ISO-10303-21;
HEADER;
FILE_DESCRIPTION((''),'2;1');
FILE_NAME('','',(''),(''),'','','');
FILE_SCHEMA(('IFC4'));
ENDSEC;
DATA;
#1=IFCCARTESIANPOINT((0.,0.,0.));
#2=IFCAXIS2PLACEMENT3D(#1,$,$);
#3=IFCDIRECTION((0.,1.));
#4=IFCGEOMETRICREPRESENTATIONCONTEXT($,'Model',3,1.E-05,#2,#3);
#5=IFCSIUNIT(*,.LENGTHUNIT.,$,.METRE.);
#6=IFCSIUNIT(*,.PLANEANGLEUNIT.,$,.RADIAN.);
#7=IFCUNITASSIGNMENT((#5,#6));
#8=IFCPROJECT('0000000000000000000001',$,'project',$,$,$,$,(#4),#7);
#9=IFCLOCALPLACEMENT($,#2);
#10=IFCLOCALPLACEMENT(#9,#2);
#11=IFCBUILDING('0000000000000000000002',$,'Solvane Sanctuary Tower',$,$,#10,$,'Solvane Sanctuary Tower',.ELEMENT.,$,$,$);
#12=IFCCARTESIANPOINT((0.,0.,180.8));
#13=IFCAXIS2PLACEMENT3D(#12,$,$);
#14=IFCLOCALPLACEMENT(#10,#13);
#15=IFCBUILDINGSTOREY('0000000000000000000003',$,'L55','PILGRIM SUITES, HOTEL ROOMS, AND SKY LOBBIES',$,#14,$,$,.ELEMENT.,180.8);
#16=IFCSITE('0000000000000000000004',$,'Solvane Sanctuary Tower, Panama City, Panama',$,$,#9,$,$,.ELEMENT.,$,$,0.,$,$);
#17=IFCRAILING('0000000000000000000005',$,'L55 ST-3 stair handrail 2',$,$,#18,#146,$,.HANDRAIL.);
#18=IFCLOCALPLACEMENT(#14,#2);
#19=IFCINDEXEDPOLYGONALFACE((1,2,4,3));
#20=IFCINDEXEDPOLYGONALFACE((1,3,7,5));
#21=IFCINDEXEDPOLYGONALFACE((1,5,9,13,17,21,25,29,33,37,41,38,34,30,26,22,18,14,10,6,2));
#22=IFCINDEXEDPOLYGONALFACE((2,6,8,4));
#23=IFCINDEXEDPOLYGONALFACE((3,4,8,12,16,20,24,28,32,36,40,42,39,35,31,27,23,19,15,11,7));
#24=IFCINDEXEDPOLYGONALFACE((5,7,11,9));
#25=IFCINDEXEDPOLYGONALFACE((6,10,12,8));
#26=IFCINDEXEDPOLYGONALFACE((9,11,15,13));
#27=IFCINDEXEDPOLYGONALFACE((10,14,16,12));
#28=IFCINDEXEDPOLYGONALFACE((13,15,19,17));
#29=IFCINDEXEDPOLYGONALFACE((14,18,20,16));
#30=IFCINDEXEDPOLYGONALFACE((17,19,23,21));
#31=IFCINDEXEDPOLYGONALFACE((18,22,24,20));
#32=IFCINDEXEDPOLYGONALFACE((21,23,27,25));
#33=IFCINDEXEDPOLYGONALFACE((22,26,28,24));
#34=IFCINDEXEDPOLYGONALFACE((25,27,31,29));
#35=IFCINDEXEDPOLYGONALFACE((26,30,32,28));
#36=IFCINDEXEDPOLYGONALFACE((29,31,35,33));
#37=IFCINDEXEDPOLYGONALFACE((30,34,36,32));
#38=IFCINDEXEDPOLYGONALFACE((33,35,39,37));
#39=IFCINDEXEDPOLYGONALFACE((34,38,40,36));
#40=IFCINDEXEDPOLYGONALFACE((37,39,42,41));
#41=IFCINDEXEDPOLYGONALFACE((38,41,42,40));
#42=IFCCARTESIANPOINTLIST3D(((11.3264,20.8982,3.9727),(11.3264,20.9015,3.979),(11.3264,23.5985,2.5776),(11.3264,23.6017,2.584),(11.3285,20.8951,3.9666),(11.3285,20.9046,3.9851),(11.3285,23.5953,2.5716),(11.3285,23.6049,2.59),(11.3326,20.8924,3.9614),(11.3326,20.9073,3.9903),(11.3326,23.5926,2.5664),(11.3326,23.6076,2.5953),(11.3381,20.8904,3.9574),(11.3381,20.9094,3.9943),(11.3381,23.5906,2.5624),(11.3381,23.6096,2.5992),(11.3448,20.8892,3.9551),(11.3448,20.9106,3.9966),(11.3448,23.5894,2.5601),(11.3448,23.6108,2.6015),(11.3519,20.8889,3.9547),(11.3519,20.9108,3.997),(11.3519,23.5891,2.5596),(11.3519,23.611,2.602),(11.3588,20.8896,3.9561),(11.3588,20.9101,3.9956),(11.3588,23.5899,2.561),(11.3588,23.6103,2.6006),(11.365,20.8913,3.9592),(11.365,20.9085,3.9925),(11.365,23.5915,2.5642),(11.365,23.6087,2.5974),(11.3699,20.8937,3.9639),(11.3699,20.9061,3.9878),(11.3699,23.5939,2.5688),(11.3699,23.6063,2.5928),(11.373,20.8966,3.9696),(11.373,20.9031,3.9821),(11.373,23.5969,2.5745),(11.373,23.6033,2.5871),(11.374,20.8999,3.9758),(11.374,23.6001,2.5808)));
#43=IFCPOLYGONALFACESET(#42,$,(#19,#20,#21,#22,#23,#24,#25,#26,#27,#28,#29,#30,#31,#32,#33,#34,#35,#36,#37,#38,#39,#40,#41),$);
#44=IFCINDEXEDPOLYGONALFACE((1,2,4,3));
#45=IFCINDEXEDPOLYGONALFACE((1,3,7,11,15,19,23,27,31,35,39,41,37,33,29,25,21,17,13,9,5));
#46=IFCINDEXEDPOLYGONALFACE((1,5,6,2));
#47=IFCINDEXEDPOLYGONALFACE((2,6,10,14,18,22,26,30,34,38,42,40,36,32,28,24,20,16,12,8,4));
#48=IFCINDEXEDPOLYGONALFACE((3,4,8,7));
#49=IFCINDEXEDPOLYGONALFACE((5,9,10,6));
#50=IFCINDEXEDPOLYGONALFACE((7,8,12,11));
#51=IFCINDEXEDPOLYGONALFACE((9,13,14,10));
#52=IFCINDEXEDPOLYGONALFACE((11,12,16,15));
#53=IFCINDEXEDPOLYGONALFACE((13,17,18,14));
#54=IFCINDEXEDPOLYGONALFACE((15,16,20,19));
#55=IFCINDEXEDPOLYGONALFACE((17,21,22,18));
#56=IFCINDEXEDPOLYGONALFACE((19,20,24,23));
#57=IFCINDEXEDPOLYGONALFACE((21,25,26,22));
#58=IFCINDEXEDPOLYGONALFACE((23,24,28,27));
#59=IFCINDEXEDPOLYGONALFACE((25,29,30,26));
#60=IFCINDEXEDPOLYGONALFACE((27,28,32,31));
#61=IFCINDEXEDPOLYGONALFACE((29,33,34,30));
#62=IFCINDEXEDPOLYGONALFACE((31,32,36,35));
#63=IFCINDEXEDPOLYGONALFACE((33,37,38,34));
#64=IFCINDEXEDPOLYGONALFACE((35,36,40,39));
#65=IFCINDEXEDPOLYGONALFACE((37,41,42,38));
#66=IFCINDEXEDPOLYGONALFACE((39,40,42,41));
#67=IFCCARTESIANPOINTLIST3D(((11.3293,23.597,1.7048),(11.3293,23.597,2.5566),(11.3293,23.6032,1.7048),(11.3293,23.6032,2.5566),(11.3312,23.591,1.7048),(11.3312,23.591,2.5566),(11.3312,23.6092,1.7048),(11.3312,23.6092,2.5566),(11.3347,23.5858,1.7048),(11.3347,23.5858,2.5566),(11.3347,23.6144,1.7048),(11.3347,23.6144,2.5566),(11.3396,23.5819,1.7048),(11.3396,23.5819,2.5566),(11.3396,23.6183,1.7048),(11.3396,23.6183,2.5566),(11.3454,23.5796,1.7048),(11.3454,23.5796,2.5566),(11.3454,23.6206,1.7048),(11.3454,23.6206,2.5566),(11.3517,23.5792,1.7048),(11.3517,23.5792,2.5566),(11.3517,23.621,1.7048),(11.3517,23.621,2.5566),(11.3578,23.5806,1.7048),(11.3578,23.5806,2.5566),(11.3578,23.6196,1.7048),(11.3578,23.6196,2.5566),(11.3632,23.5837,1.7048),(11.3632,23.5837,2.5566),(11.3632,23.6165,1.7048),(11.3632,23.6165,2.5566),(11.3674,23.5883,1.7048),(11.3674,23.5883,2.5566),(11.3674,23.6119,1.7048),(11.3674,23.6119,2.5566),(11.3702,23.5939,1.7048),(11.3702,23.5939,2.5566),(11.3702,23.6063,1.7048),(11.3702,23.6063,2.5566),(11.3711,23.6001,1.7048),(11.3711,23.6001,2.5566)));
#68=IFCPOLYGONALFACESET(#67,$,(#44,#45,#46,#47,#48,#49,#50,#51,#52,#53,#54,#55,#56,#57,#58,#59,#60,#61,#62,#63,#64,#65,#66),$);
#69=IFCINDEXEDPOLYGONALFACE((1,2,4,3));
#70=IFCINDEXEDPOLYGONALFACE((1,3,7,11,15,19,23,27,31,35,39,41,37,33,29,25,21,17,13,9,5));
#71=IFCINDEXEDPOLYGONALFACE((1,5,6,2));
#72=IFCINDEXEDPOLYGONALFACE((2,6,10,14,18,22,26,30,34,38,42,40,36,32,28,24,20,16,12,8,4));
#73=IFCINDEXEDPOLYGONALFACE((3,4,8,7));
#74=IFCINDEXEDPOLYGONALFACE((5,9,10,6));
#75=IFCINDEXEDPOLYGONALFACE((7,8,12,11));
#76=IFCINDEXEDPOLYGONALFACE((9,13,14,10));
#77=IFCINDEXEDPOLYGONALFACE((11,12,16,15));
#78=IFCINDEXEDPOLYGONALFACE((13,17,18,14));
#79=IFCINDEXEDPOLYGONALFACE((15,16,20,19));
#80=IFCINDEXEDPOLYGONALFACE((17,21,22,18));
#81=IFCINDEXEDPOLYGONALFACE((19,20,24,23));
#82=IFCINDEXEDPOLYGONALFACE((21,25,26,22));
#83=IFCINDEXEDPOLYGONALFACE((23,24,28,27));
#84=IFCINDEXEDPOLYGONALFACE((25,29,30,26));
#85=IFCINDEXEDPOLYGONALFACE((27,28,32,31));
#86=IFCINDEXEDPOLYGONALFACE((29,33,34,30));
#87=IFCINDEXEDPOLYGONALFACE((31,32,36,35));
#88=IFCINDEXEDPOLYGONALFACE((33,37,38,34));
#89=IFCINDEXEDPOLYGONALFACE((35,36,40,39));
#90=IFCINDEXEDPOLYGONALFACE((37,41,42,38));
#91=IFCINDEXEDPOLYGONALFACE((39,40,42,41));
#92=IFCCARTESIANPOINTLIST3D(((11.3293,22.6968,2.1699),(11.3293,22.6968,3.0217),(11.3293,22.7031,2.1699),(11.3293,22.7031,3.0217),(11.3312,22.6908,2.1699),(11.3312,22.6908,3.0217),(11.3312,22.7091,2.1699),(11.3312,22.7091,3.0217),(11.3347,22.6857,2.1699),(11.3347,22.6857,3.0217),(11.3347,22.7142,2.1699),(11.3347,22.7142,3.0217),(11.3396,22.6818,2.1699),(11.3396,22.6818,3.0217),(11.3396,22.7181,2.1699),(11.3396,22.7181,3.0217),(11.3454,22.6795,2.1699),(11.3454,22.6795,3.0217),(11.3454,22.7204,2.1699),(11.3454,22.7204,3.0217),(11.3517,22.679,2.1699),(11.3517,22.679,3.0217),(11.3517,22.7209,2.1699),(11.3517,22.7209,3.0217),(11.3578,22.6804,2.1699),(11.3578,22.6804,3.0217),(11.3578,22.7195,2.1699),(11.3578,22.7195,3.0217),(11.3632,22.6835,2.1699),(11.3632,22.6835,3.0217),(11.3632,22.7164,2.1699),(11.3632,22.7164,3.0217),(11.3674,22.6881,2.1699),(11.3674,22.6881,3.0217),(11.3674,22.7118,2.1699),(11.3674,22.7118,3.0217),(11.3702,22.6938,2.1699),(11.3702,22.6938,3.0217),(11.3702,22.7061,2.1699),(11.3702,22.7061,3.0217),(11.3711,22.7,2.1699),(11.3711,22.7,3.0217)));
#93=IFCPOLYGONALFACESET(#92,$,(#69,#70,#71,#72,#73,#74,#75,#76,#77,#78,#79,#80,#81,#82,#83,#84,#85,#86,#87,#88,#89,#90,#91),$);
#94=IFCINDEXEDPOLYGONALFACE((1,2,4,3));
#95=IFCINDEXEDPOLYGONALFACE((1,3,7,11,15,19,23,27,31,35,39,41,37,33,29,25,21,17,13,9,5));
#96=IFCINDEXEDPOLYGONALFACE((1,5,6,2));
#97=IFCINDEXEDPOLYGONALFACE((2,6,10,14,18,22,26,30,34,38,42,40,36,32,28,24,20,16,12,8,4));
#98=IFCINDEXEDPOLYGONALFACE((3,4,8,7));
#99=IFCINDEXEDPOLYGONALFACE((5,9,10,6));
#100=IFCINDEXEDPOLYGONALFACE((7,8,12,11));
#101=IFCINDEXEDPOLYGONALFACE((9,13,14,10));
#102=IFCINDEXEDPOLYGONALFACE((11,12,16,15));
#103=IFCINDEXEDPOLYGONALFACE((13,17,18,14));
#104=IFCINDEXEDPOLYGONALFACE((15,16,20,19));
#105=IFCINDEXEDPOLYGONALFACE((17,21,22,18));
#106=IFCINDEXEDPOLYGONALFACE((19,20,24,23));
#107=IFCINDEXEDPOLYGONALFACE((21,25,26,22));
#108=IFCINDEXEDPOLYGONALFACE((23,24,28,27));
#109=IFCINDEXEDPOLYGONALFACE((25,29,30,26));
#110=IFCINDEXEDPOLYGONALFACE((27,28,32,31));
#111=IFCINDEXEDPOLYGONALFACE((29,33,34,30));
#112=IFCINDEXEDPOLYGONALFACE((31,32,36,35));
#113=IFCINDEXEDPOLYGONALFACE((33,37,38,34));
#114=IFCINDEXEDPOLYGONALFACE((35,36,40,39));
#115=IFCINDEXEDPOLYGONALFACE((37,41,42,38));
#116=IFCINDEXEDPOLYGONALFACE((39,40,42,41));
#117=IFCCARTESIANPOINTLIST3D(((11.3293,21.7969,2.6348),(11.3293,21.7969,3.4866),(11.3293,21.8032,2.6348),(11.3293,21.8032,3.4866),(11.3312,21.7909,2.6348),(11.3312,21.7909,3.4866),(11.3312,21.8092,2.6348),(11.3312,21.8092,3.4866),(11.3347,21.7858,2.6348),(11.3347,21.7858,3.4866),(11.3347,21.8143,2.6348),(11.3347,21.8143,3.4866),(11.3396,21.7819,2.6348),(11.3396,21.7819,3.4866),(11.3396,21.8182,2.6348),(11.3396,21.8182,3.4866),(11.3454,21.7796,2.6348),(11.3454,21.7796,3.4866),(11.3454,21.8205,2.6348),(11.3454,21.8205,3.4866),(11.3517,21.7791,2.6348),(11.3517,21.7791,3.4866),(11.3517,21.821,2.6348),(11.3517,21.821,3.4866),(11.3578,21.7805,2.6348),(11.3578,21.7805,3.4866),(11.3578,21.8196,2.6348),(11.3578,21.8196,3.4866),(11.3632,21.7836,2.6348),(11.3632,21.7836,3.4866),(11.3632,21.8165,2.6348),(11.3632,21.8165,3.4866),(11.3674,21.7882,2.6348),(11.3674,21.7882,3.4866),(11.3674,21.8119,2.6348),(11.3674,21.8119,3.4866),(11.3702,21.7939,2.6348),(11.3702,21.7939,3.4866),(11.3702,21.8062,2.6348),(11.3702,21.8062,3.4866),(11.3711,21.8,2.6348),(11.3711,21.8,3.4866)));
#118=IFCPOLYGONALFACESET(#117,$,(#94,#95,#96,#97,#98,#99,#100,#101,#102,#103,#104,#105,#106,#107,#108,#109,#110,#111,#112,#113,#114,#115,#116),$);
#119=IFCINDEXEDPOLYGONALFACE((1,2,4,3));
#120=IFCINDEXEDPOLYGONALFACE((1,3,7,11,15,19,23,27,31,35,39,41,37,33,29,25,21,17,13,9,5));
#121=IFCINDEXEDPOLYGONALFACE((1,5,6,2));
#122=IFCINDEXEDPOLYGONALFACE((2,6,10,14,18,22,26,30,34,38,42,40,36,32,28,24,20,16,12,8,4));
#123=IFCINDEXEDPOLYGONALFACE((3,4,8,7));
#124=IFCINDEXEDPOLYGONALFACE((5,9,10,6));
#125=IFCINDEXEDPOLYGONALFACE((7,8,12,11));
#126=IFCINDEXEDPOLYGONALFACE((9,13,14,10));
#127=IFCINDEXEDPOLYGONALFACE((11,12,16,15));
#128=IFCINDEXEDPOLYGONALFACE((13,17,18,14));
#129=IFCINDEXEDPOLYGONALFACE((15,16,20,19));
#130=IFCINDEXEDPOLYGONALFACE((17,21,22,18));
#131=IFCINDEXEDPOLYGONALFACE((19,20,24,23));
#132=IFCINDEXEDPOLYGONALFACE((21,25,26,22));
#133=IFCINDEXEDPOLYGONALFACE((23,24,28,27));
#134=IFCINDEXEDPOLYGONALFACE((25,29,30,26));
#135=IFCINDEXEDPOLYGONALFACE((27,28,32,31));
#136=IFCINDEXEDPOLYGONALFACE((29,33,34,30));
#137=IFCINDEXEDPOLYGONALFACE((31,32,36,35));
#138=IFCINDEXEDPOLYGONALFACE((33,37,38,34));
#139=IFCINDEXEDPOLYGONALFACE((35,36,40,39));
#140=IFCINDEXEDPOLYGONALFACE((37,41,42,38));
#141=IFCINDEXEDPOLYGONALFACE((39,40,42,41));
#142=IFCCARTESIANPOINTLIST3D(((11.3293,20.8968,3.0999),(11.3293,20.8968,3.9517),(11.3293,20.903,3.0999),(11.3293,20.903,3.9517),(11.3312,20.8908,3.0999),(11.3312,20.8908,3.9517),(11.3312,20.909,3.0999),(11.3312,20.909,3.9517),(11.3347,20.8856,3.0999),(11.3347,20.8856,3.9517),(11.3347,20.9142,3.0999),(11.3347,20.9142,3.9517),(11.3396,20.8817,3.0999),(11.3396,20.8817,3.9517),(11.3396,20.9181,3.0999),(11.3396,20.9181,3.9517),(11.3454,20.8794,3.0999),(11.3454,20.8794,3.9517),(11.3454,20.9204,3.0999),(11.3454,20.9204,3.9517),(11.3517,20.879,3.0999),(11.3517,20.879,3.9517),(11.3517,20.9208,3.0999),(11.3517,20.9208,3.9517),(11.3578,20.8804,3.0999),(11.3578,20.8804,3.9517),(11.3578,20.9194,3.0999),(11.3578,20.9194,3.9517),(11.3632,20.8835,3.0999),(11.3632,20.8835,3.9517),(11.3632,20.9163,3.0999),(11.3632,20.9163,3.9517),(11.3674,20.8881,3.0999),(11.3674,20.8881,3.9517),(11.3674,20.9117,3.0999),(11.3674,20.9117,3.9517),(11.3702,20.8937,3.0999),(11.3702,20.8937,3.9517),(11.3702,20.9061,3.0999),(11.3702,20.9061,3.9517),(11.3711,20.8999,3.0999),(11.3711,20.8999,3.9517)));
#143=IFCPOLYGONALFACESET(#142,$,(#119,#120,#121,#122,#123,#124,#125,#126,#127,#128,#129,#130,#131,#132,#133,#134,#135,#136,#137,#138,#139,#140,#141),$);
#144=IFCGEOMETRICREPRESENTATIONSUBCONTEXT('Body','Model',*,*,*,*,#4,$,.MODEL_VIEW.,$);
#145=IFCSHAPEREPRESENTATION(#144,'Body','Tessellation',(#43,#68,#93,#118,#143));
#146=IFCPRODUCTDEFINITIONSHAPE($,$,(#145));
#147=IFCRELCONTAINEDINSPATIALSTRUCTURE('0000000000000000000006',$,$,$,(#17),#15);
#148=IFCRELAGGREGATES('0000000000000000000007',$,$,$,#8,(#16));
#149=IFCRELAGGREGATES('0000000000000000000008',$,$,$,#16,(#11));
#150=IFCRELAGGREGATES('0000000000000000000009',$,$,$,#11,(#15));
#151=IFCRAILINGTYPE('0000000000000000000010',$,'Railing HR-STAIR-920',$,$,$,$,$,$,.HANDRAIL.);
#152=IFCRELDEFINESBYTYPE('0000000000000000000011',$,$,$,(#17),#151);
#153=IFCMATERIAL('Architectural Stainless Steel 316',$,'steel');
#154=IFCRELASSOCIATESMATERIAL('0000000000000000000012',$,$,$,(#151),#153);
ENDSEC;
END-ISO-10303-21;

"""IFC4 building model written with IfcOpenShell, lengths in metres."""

from ifc_helpers import new_model, si_unit, direction, frame, origin, origin_2d, place, context, subcontext, project, spatial, circle, extrude, material, type_object, element, save


model = new_model("IFC4")

# Units and contexts
model_context = context("Model", 3, precision=1e-05, world=origin(), true_north=direction((0.0, 1.0)))
body_context = subcontext(model_context, "Body", "Model", "MODEL_VIEW")
ifc_project = project(units=[si_unit("LENGTHUNIT", "METRE"), si_unit("PLANEANGLEUNIT", "RADIAN")], contexts=[model_context])

# Site, building, storey
site_placement = place(None, origin())
site = spatial("IfcSite", under=ifc_project, at=site_placement, Name="Solvane Sanctuary Tower, Panama City, Panama", CompositionType="ELEMENT", RefElevation=0.0)
building_placement = place(site_placement, origin())
building = spatial("IfcBuilding", under=site, at=building_placement, Name="Solvane Sanctuary Tower", LongName="Solvane Sanctuary Tower", CompositionType="ELEMENT")
storey_placement = place(building_placement, frame((0.0, 0.0, 180.8)))
storey = spatial("IfcBuildingStorey", under=building, at=storey_placement, Name="L55", Description="PILGRIM SUITES, HOTEL ROOMS, AND SKY LOBBIES", CompositionType="ELEMENT", Elevation=180.8)

# Railing
ifc_material_1 = material(Name="Architectural Stainless Steel 316", Category="steel")
railing_type_1 = type_object("IfcRailingType", Name="Railing HR-STAIR-920", PredefinedType="HANDRAIL", material=ifc_material_1)
railing_1_placement = place(storey_placement, frame((11.3501, 23.6001, 1.7048)))
element("IfcRailing", 1, at=railing_1_placement, inside=storey, type_object=railing_type_1, Name="L55 ST-3 stair handrail 2", PredefinedType="HANDRAIL", context=body_context, shape_type="SweptSolid", body=[
    extrude(circle(Radius=0.0239, at=origin_2d()), frame((0.0, 0.0, 0.876), z_axis=(0.0, -0.888437, 0.458999), x_axis=(1.0, 0.0, 0.0)), (0.0, 0.0, 1.0), 3.0393),
    extrude(circle(Radius=0.021, at=origin_2d()), origin(), (0.0, 0.0, 1.0), 0.8518),
    extrude(circle(Radius=0.021, at=origin_2d()), frame((0.0, -0.9001, 0.4651)), (0.0, 0.0, 1.0), 0.8518),
    extrude(circle(Radius=0.021, at=origin_2d()), frame((0.0, -1.8, 0.9299)), (0.0, 0.0, 1.0), 0.8518),
    extrude(circle(Radius=0.021, at=origin_2d()), frame((0.0, -2.7002, 1.395)), (0.0, 0.0, 1.0), 0.8518),
])

save(model, "model.ifc")
